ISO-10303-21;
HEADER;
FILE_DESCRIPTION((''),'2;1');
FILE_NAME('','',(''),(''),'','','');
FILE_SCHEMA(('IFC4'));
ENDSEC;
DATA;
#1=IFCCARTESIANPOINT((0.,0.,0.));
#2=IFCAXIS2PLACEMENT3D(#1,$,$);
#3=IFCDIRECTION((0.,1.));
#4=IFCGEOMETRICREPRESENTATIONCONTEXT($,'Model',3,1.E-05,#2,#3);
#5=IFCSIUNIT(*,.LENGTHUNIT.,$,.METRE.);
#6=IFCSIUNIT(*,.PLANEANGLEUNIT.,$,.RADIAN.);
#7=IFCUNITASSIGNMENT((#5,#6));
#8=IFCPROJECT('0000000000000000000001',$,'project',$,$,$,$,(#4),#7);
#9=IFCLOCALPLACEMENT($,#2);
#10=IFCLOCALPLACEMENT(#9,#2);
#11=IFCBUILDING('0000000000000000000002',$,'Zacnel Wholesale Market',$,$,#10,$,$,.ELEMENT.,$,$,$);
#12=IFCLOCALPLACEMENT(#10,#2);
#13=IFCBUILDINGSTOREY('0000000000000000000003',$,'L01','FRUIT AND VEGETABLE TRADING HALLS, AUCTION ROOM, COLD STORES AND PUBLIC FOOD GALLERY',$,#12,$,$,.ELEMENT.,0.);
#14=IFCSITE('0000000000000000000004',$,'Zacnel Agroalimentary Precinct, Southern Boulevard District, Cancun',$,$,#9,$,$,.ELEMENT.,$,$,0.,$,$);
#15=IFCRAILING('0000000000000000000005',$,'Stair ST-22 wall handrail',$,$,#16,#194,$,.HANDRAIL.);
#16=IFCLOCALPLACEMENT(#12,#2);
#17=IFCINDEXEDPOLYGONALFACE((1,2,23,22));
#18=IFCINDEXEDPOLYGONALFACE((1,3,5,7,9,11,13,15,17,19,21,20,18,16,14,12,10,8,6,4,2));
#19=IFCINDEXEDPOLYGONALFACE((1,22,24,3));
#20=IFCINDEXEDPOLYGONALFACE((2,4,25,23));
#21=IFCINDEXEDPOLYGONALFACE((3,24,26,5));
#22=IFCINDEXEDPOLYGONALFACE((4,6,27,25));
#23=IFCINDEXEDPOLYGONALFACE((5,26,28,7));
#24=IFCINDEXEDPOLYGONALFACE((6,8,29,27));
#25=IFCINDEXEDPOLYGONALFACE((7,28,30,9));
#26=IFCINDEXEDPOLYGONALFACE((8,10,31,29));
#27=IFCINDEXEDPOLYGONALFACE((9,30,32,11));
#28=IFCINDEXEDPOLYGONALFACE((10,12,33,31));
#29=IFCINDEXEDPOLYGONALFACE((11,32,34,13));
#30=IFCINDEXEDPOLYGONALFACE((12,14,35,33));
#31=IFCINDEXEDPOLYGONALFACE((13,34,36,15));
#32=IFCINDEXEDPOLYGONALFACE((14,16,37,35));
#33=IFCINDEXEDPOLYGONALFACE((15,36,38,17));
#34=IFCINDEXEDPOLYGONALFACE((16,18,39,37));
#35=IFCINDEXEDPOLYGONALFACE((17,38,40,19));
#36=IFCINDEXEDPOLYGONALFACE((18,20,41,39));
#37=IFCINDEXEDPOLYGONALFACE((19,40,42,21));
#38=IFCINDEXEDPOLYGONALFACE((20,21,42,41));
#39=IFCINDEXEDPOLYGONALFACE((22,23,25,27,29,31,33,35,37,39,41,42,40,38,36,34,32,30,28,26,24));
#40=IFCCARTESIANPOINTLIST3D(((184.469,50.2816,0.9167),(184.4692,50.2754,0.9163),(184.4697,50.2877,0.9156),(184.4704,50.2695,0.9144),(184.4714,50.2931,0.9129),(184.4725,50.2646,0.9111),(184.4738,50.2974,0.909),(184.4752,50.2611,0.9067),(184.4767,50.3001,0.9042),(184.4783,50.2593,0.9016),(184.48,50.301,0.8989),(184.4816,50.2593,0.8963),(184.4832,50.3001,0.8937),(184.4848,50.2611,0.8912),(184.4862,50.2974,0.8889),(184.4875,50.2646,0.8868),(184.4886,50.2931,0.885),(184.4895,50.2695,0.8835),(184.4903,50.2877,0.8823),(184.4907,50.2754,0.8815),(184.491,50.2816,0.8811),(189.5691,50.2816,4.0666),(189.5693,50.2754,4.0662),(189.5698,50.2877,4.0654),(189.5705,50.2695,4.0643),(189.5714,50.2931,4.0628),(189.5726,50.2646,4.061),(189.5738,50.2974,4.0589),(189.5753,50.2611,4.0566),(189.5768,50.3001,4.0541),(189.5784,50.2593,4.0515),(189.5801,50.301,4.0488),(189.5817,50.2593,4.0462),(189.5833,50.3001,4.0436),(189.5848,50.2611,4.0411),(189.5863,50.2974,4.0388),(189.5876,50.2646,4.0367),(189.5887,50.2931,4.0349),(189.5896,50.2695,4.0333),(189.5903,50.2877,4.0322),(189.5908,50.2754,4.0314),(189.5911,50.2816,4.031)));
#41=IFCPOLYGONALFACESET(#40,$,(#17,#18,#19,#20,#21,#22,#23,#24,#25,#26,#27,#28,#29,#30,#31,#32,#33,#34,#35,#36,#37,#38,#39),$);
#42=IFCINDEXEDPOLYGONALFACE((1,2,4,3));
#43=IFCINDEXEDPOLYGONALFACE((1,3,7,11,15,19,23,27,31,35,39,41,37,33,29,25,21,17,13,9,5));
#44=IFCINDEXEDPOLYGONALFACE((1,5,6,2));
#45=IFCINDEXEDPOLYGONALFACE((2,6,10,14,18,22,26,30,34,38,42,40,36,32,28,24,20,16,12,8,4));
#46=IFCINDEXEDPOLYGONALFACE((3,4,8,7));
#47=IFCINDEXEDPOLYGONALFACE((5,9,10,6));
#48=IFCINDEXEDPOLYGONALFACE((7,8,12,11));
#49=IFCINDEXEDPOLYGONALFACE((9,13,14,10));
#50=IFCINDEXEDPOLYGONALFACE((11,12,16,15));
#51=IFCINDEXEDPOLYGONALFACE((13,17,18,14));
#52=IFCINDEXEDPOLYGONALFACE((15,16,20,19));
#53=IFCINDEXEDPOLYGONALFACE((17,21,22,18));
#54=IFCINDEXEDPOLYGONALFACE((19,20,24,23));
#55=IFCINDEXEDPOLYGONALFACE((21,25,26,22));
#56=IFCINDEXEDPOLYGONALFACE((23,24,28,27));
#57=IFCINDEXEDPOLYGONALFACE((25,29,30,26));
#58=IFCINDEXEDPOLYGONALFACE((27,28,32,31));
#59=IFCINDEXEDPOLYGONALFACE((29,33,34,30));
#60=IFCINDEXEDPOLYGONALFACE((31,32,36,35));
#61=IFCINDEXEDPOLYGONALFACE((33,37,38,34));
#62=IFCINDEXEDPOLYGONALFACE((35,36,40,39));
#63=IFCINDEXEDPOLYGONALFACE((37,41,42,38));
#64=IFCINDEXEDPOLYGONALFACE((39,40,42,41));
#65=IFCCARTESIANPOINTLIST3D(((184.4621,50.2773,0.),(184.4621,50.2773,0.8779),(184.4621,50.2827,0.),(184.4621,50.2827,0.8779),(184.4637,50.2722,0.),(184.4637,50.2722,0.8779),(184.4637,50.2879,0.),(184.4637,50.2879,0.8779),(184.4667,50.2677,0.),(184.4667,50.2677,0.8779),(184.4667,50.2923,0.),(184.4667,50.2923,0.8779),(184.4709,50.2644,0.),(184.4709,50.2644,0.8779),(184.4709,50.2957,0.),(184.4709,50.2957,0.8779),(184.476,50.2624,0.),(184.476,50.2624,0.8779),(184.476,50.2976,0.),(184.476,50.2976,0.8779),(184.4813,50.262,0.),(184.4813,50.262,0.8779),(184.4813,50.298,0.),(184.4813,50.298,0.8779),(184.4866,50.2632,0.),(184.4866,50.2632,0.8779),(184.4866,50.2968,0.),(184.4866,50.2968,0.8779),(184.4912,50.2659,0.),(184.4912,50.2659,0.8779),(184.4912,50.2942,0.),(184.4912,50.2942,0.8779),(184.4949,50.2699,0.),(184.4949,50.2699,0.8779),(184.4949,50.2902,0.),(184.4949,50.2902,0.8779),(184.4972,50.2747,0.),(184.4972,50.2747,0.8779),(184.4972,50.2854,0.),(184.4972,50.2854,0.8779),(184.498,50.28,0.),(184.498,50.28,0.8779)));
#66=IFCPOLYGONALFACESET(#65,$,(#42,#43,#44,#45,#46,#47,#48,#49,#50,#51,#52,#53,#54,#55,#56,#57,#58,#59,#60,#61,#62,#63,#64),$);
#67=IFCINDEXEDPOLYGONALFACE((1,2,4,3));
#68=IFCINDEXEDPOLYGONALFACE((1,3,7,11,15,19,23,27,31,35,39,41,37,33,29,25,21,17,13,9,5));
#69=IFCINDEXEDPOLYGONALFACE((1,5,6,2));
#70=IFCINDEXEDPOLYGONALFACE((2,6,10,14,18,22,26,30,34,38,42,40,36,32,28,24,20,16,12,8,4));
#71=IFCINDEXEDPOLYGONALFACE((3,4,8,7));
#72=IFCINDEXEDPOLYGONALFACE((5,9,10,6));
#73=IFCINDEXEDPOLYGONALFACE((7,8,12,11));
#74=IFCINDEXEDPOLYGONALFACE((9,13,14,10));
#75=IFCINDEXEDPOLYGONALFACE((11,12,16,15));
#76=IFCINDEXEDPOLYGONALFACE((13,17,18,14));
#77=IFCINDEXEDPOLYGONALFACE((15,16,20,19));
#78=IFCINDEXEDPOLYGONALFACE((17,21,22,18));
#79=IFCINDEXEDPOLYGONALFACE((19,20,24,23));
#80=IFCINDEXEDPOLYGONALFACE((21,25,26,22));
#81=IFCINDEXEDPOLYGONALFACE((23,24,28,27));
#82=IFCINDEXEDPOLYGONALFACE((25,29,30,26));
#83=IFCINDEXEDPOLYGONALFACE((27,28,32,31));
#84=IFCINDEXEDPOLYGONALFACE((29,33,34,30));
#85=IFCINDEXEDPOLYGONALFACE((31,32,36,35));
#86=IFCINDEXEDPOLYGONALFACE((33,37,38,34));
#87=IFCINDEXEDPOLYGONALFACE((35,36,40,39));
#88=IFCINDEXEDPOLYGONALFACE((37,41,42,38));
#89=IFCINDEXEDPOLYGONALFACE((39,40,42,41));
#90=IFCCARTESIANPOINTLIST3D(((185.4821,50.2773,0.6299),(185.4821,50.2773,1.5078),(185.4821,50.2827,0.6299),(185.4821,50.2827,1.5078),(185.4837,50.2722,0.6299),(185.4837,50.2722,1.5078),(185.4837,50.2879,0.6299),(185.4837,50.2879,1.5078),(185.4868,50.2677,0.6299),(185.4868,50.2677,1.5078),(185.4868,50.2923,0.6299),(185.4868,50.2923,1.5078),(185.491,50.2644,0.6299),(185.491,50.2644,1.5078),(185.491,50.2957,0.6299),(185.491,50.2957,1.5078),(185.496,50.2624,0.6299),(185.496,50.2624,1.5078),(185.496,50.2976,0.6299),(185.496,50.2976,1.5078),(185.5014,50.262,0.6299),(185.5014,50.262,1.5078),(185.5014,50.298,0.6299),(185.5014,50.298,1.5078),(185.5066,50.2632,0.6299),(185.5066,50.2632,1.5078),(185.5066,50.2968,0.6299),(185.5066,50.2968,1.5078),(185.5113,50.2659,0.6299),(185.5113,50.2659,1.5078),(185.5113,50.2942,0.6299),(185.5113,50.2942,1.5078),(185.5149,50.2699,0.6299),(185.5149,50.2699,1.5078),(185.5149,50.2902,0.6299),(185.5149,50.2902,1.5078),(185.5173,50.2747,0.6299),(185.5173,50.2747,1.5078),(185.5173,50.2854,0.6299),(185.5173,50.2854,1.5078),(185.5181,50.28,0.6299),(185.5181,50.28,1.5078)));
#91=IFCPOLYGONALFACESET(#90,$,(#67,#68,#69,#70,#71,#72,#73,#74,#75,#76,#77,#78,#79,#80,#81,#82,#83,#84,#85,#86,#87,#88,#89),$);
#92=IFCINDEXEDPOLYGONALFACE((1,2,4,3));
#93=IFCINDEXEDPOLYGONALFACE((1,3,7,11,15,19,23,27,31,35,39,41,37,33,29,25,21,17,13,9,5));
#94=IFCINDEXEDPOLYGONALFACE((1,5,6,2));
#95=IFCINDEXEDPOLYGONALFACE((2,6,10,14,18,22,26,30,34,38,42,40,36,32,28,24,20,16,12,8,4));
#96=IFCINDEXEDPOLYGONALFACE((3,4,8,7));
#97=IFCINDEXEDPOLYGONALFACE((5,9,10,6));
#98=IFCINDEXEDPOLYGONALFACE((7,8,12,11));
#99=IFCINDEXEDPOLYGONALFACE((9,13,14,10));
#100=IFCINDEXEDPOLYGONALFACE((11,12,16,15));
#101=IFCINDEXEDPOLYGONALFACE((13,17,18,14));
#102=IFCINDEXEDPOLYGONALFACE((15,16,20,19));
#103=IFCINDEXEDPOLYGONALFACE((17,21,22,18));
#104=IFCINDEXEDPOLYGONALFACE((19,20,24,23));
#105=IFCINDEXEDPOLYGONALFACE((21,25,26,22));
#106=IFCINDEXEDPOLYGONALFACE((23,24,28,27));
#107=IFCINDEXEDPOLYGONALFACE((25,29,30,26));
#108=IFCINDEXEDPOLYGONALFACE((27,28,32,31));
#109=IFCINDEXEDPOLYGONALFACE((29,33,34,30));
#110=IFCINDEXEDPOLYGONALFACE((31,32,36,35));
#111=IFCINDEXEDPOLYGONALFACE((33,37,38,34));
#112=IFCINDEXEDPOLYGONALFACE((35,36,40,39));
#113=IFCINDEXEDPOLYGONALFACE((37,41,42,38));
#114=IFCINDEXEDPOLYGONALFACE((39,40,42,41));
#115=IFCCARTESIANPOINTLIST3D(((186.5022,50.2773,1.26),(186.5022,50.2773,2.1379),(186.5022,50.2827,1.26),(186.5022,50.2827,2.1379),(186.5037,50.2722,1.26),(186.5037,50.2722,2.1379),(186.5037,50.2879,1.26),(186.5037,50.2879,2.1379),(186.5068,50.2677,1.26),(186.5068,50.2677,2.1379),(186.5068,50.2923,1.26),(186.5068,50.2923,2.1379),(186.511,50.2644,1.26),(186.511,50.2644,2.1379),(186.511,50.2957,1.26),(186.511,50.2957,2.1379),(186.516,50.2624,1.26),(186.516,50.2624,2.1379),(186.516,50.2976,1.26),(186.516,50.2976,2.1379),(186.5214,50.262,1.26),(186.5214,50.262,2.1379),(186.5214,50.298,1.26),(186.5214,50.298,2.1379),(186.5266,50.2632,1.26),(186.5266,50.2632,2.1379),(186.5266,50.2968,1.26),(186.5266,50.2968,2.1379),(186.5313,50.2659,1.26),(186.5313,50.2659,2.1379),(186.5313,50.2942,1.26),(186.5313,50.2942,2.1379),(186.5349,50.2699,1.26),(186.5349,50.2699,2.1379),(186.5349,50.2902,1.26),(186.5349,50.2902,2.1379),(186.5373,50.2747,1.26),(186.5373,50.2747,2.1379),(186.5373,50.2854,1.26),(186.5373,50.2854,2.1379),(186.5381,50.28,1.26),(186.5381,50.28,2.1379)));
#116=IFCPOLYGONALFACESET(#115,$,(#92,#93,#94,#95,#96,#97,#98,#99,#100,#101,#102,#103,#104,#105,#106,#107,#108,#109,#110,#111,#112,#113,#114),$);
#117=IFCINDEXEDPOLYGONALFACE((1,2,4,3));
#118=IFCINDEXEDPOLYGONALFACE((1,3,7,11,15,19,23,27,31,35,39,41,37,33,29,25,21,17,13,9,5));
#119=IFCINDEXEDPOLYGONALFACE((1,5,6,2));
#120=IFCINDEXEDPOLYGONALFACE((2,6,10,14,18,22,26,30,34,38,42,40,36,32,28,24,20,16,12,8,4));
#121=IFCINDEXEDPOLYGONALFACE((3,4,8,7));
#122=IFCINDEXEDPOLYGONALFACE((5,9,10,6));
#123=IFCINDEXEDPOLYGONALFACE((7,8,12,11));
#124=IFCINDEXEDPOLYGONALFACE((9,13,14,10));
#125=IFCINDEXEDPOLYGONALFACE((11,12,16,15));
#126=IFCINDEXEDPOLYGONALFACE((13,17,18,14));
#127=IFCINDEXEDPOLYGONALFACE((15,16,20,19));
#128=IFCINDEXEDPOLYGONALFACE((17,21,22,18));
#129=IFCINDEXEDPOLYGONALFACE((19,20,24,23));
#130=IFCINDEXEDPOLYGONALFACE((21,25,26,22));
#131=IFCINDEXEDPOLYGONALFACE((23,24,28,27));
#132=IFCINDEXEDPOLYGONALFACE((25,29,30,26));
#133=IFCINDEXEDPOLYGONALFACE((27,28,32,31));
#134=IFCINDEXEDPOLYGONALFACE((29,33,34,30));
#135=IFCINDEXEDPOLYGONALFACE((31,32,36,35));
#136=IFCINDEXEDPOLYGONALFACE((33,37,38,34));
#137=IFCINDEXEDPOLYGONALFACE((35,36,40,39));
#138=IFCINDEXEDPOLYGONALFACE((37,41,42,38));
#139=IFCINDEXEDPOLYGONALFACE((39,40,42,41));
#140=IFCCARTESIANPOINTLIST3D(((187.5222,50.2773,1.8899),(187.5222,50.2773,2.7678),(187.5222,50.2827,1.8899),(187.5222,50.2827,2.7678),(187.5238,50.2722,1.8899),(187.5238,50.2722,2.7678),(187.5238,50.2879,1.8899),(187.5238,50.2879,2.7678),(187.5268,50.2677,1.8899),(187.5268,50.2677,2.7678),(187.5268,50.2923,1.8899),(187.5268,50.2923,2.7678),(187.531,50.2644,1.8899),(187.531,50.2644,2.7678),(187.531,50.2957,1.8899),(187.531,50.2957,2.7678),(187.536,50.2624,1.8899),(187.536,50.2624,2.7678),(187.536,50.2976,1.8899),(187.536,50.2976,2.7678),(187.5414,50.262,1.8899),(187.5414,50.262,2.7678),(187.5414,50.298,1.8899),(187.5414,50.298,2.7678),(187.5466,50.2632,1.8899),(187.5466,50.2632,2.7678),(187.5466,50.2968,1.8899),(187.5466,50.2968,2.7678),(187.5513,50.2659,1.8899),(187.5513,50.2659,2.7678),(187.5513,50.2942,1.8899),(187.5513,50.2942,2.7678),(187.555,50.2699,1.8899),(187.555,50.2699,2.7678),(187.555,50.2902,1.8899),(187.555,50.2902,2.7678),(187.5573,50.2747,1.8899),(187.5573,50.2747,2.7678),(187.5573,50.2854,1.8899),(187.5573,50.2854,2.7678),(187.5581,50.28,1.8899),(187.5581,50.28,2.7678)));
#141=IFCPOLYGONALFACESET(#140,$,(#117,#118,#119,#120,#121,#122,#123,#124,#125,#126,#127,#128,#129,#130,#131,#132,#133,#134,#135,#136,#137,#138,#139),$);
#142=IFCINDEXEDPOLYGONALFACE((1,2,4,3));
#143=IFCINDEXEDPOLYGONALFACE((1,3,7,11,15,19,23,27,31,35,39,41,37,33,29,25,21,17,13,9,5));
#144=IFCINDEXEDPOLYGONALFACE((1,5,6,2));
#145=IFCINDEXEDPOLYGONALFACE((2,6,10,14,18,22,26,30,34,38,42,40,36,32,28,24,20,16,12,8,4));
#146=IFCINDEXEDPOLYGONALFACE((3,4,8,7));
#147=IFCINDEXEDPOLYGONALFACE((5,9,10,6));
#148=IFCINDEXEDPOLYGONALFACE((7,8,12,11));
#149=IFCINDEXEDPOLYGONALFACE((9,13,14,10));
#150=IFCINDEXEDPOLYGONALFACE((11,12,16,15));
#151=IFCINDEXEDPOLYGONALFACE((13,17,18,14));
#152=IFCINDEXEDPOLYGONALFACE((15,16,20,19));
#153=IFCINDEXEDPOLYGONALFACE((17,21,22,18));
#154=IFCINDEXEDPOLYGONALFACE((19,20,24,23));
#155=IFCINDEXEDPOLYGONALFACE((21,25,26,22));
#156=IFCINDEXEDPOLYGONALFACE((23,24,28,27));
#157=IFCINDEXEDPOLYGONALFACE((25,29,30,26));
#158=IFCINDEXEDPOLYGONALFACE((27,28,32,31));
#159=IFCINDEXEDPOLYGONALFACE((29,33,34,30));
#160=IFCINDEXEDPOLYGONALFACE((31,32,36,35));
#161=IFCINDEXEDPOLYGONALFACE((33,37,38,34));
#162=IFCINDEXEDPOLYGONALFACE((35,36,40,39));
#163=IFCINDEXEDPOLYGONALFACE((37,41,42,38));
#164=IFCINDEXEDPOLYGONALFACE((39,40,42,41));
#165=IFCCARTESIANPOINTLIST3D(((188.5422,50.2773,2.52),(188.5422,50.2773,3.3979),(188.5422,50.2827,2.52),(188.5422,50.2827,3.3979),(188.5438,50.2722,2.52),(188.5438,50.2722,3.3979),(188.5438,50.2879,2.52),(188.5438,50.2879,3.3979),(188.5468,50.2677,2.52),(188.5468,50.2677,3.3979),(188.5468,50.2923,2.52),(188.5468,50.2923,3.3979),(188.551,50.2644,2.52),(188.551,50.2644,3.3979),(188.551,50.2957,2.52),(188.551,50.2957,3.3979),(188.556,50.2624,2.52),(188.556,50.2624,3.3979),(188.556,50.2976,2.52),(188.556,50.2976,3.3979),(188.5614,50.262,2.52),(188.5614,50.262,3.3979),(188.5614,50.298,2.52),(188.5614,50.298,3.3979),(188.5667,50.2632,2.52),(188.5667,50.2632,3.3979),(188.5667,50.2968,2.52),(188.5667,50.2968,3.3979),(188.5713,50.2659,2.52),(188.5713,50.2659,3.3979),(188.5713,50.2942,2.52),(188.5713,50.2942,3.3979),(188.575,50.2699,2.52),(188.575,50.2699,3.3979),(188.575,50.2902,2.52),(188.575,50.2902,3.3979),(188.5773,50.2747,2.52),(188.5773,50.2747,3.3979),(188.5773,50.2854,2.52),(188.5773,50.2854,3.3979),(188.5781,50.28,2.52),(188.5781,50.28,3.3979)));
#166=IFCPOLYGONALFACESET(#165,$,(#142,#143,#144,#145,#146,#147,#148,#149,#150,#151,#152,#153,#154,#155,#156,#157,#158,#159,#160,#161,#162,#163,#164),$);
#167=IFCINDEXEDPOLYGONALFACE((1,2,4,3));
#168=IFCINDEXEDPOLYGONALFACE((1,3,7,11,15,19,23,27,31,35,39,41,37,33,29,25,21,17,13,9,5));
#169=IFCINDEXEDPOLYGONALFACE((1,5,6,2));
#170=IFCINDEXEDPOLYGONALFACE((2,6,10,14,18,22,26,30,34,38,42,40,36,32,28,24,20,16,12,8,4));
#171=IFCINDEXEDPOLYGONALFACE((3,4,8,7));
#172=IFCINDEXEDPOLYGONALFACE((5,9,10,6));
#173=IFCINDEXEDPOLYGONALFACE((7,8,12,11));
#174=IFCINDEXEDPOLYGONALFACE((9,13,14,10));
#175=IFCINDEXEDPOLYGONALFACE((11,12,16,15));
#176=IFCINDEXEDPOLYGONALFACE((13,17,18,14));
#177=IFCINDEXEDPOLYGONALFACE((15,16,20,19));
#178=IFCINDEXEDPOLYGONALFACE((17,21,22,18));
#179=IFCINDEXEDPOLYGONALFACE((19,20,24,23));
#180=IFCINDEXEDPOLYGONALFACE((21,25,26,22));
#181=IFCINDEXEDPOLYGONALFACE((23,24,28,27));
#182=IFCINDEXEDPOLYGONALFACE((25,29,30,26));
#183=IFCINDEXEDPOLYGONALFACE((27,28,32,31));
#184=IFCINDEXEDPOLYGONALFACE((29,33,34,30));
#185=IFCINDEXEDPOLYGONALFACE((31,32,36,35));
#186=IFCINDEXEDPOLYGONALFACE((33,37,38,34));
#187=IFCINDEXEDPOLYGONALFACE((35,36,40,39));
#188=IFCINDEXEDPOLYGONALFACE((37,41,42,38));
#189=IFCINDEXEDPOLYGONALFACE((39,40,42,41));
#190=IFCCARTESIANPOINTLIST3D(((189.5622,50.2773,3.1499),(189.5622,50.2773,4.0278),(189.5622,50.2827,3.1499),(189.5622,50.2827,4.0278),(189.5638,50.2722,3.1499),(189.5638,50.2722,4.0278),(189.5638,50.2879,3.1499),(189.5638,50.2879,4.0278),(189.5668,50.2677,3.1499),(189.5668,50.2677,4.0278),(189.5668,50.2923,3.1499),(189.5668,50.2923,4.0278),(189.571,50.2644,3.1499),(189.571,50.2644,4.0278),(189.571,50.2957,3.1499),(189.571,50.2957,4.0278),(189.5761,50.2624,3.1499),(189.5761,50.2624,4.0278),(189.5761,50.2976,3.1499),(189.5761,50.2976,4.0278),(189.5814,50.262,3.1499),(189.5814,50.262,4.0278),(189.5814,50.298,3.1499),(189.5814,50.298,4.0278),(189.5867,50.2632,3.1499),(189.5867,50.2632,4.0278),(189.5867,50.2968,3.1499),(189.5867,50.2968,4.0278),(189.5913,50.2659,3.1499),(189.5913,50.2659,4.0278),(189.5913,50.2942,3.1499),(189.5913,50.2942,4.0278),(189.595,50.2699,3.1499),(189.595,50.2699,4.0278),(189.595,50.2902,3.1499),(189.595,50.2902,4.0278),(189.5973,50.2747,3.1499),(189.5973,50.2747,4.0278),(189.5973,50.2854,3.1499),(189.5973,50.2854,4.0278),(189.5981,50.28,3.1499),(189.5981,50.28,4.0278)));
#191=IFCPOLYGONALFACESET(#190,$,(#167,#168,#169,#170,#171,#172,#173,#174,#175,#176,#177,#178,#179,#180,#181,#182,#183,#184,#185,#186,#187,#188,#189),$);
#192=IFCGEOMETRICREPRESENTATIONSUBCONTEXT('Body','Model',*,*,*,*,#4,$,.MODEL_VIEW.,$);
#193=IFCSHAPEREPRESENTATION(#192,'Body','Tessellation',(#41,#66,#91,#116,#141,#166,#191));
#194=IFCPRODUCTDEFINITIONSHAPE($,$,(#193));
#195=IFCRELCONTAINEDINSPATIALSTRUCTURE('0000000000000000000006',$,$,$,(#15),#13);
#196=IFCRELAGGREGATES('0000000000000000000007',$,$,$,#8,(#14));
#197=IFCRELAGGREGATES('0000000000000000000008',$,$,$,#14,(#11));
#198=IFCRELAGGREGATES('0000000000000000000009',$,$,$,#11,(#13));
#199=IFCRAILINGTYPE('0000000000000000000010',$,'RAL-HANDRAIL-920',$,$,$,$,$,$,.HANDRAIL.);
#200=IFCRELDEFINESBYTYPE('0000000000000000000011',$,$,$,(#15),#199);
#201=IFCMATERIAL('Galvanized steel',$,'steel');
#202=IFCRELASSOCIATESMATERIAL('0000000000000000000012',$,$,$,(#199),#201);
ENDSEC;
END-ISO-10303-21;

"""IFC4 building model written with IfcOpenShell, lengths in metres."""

from ifc_helpers import new_model, si_unit, direction, frame, origin, origin_2d, place, context, subcontext, project, spatial, circle, extrude, material, type_object, element, save


model = new_model("IFC4")

# Units and contexts
model_context = context("Model", 3, precision=1e-05, world=origin(), true_north=direction((0.0, 1.0)))
body_context = subcontext(model_context, "Body", "Model", "MODEL_VIEW")
ifc_project = project(units=[si_unit("LENGTHUNIT", "METRE"), si_unit("PLANEANGLEUNIT", "RADIAN")], contexts=[model_context])

# Site, building, storey
site_placement = place(None, origin())
site = spatial("IfcSite", under=ifc_project, at=site_placement, Name="Zacnel Agroalimentary Precinct, Southern Boulevard District, Cancun", CompositionType="ELEMENT", RefElevation=0.0)
building_placement = place(site_placement, origin())
building = spatial("IfcBuilding", under=site, at=building_placement, Name="Zacnel Wholesale Market", CompositionType="ELEMENT")
storey_placement = place(building_placement, origin())
storey = spatial("IfcBuildingStorey", under=building, at=storey_placement, Name="L01", Description="FRUIT AND VEGETABLE TRADING HALLS, AUCTION ROOM, COLD STORES AND PUBLIC FOOD GALLERY", CompositionType="ELEMENT", Elevation=0.0)

# Railing
ifc_material_1 = material(Name="Galvanized steel", Category="steel")
railing_type_1 = type_object("IfcRailingType", Name="RAL-HANDRAIL-920", PredefinedType="HANDRAIL", material=ifc_material_1)
railing_1_placement = place(storey_placement, frame((184.48, 50.28, 0.0)))
element("IfcRailing", 1, at=railing_1_placement, inside=storey, type_object=railing_type_1, Name="Stair ST-22 wall handrail", PredefinedType="HANDRAIL", context=body_context, shape_type="SweptSolid", body=[
    extrude(circle(Radius=0.021, at=origin_2d()), frame((0.0, 0.0, 0.8989), z_axis=(0.85081, 0.0, 0.525474), x_axis=(0.0, 1.0, 0.0)), (0.0, 0.0, 1.0), 5.9944),
    extrude(circle(Radius=0.0181, at=origin_2d()), origin(), (0.0, 0.0, 1.0), 0.8779),
    extrude(circle(Radius=0.0181, at=origin_2d()), frame((1.02, 0.0, 0.6299)), (0.0, 0.0, 1.0), 0.8779),
    extrude(circle(Radius=0.0181, at=origin_2d()), frame((2.04, 0.0, 1.26)), (0.0, 0.0, 1.0), 0.8779),
    extrude(circle(Radius=0.0181, at=origin_2d()), frame((3.0601, 0.0, 1.8899)), (0.0, 0.0, 1.0), 0.8779),
    extrude(circle(Radius=0.0181, at=origin_2d()), frame((4.0801, 0.0, 2.52)), (0.0, 0.0, 1.0), 0.8779),
    extrude(circle(Radius=0.0181, at=origin_2d()), frame((5.1001, 0.0, 3.1499)), (0.0, 0.0, 1.0), 0.8779),
])

save(model, "model.ifc")
